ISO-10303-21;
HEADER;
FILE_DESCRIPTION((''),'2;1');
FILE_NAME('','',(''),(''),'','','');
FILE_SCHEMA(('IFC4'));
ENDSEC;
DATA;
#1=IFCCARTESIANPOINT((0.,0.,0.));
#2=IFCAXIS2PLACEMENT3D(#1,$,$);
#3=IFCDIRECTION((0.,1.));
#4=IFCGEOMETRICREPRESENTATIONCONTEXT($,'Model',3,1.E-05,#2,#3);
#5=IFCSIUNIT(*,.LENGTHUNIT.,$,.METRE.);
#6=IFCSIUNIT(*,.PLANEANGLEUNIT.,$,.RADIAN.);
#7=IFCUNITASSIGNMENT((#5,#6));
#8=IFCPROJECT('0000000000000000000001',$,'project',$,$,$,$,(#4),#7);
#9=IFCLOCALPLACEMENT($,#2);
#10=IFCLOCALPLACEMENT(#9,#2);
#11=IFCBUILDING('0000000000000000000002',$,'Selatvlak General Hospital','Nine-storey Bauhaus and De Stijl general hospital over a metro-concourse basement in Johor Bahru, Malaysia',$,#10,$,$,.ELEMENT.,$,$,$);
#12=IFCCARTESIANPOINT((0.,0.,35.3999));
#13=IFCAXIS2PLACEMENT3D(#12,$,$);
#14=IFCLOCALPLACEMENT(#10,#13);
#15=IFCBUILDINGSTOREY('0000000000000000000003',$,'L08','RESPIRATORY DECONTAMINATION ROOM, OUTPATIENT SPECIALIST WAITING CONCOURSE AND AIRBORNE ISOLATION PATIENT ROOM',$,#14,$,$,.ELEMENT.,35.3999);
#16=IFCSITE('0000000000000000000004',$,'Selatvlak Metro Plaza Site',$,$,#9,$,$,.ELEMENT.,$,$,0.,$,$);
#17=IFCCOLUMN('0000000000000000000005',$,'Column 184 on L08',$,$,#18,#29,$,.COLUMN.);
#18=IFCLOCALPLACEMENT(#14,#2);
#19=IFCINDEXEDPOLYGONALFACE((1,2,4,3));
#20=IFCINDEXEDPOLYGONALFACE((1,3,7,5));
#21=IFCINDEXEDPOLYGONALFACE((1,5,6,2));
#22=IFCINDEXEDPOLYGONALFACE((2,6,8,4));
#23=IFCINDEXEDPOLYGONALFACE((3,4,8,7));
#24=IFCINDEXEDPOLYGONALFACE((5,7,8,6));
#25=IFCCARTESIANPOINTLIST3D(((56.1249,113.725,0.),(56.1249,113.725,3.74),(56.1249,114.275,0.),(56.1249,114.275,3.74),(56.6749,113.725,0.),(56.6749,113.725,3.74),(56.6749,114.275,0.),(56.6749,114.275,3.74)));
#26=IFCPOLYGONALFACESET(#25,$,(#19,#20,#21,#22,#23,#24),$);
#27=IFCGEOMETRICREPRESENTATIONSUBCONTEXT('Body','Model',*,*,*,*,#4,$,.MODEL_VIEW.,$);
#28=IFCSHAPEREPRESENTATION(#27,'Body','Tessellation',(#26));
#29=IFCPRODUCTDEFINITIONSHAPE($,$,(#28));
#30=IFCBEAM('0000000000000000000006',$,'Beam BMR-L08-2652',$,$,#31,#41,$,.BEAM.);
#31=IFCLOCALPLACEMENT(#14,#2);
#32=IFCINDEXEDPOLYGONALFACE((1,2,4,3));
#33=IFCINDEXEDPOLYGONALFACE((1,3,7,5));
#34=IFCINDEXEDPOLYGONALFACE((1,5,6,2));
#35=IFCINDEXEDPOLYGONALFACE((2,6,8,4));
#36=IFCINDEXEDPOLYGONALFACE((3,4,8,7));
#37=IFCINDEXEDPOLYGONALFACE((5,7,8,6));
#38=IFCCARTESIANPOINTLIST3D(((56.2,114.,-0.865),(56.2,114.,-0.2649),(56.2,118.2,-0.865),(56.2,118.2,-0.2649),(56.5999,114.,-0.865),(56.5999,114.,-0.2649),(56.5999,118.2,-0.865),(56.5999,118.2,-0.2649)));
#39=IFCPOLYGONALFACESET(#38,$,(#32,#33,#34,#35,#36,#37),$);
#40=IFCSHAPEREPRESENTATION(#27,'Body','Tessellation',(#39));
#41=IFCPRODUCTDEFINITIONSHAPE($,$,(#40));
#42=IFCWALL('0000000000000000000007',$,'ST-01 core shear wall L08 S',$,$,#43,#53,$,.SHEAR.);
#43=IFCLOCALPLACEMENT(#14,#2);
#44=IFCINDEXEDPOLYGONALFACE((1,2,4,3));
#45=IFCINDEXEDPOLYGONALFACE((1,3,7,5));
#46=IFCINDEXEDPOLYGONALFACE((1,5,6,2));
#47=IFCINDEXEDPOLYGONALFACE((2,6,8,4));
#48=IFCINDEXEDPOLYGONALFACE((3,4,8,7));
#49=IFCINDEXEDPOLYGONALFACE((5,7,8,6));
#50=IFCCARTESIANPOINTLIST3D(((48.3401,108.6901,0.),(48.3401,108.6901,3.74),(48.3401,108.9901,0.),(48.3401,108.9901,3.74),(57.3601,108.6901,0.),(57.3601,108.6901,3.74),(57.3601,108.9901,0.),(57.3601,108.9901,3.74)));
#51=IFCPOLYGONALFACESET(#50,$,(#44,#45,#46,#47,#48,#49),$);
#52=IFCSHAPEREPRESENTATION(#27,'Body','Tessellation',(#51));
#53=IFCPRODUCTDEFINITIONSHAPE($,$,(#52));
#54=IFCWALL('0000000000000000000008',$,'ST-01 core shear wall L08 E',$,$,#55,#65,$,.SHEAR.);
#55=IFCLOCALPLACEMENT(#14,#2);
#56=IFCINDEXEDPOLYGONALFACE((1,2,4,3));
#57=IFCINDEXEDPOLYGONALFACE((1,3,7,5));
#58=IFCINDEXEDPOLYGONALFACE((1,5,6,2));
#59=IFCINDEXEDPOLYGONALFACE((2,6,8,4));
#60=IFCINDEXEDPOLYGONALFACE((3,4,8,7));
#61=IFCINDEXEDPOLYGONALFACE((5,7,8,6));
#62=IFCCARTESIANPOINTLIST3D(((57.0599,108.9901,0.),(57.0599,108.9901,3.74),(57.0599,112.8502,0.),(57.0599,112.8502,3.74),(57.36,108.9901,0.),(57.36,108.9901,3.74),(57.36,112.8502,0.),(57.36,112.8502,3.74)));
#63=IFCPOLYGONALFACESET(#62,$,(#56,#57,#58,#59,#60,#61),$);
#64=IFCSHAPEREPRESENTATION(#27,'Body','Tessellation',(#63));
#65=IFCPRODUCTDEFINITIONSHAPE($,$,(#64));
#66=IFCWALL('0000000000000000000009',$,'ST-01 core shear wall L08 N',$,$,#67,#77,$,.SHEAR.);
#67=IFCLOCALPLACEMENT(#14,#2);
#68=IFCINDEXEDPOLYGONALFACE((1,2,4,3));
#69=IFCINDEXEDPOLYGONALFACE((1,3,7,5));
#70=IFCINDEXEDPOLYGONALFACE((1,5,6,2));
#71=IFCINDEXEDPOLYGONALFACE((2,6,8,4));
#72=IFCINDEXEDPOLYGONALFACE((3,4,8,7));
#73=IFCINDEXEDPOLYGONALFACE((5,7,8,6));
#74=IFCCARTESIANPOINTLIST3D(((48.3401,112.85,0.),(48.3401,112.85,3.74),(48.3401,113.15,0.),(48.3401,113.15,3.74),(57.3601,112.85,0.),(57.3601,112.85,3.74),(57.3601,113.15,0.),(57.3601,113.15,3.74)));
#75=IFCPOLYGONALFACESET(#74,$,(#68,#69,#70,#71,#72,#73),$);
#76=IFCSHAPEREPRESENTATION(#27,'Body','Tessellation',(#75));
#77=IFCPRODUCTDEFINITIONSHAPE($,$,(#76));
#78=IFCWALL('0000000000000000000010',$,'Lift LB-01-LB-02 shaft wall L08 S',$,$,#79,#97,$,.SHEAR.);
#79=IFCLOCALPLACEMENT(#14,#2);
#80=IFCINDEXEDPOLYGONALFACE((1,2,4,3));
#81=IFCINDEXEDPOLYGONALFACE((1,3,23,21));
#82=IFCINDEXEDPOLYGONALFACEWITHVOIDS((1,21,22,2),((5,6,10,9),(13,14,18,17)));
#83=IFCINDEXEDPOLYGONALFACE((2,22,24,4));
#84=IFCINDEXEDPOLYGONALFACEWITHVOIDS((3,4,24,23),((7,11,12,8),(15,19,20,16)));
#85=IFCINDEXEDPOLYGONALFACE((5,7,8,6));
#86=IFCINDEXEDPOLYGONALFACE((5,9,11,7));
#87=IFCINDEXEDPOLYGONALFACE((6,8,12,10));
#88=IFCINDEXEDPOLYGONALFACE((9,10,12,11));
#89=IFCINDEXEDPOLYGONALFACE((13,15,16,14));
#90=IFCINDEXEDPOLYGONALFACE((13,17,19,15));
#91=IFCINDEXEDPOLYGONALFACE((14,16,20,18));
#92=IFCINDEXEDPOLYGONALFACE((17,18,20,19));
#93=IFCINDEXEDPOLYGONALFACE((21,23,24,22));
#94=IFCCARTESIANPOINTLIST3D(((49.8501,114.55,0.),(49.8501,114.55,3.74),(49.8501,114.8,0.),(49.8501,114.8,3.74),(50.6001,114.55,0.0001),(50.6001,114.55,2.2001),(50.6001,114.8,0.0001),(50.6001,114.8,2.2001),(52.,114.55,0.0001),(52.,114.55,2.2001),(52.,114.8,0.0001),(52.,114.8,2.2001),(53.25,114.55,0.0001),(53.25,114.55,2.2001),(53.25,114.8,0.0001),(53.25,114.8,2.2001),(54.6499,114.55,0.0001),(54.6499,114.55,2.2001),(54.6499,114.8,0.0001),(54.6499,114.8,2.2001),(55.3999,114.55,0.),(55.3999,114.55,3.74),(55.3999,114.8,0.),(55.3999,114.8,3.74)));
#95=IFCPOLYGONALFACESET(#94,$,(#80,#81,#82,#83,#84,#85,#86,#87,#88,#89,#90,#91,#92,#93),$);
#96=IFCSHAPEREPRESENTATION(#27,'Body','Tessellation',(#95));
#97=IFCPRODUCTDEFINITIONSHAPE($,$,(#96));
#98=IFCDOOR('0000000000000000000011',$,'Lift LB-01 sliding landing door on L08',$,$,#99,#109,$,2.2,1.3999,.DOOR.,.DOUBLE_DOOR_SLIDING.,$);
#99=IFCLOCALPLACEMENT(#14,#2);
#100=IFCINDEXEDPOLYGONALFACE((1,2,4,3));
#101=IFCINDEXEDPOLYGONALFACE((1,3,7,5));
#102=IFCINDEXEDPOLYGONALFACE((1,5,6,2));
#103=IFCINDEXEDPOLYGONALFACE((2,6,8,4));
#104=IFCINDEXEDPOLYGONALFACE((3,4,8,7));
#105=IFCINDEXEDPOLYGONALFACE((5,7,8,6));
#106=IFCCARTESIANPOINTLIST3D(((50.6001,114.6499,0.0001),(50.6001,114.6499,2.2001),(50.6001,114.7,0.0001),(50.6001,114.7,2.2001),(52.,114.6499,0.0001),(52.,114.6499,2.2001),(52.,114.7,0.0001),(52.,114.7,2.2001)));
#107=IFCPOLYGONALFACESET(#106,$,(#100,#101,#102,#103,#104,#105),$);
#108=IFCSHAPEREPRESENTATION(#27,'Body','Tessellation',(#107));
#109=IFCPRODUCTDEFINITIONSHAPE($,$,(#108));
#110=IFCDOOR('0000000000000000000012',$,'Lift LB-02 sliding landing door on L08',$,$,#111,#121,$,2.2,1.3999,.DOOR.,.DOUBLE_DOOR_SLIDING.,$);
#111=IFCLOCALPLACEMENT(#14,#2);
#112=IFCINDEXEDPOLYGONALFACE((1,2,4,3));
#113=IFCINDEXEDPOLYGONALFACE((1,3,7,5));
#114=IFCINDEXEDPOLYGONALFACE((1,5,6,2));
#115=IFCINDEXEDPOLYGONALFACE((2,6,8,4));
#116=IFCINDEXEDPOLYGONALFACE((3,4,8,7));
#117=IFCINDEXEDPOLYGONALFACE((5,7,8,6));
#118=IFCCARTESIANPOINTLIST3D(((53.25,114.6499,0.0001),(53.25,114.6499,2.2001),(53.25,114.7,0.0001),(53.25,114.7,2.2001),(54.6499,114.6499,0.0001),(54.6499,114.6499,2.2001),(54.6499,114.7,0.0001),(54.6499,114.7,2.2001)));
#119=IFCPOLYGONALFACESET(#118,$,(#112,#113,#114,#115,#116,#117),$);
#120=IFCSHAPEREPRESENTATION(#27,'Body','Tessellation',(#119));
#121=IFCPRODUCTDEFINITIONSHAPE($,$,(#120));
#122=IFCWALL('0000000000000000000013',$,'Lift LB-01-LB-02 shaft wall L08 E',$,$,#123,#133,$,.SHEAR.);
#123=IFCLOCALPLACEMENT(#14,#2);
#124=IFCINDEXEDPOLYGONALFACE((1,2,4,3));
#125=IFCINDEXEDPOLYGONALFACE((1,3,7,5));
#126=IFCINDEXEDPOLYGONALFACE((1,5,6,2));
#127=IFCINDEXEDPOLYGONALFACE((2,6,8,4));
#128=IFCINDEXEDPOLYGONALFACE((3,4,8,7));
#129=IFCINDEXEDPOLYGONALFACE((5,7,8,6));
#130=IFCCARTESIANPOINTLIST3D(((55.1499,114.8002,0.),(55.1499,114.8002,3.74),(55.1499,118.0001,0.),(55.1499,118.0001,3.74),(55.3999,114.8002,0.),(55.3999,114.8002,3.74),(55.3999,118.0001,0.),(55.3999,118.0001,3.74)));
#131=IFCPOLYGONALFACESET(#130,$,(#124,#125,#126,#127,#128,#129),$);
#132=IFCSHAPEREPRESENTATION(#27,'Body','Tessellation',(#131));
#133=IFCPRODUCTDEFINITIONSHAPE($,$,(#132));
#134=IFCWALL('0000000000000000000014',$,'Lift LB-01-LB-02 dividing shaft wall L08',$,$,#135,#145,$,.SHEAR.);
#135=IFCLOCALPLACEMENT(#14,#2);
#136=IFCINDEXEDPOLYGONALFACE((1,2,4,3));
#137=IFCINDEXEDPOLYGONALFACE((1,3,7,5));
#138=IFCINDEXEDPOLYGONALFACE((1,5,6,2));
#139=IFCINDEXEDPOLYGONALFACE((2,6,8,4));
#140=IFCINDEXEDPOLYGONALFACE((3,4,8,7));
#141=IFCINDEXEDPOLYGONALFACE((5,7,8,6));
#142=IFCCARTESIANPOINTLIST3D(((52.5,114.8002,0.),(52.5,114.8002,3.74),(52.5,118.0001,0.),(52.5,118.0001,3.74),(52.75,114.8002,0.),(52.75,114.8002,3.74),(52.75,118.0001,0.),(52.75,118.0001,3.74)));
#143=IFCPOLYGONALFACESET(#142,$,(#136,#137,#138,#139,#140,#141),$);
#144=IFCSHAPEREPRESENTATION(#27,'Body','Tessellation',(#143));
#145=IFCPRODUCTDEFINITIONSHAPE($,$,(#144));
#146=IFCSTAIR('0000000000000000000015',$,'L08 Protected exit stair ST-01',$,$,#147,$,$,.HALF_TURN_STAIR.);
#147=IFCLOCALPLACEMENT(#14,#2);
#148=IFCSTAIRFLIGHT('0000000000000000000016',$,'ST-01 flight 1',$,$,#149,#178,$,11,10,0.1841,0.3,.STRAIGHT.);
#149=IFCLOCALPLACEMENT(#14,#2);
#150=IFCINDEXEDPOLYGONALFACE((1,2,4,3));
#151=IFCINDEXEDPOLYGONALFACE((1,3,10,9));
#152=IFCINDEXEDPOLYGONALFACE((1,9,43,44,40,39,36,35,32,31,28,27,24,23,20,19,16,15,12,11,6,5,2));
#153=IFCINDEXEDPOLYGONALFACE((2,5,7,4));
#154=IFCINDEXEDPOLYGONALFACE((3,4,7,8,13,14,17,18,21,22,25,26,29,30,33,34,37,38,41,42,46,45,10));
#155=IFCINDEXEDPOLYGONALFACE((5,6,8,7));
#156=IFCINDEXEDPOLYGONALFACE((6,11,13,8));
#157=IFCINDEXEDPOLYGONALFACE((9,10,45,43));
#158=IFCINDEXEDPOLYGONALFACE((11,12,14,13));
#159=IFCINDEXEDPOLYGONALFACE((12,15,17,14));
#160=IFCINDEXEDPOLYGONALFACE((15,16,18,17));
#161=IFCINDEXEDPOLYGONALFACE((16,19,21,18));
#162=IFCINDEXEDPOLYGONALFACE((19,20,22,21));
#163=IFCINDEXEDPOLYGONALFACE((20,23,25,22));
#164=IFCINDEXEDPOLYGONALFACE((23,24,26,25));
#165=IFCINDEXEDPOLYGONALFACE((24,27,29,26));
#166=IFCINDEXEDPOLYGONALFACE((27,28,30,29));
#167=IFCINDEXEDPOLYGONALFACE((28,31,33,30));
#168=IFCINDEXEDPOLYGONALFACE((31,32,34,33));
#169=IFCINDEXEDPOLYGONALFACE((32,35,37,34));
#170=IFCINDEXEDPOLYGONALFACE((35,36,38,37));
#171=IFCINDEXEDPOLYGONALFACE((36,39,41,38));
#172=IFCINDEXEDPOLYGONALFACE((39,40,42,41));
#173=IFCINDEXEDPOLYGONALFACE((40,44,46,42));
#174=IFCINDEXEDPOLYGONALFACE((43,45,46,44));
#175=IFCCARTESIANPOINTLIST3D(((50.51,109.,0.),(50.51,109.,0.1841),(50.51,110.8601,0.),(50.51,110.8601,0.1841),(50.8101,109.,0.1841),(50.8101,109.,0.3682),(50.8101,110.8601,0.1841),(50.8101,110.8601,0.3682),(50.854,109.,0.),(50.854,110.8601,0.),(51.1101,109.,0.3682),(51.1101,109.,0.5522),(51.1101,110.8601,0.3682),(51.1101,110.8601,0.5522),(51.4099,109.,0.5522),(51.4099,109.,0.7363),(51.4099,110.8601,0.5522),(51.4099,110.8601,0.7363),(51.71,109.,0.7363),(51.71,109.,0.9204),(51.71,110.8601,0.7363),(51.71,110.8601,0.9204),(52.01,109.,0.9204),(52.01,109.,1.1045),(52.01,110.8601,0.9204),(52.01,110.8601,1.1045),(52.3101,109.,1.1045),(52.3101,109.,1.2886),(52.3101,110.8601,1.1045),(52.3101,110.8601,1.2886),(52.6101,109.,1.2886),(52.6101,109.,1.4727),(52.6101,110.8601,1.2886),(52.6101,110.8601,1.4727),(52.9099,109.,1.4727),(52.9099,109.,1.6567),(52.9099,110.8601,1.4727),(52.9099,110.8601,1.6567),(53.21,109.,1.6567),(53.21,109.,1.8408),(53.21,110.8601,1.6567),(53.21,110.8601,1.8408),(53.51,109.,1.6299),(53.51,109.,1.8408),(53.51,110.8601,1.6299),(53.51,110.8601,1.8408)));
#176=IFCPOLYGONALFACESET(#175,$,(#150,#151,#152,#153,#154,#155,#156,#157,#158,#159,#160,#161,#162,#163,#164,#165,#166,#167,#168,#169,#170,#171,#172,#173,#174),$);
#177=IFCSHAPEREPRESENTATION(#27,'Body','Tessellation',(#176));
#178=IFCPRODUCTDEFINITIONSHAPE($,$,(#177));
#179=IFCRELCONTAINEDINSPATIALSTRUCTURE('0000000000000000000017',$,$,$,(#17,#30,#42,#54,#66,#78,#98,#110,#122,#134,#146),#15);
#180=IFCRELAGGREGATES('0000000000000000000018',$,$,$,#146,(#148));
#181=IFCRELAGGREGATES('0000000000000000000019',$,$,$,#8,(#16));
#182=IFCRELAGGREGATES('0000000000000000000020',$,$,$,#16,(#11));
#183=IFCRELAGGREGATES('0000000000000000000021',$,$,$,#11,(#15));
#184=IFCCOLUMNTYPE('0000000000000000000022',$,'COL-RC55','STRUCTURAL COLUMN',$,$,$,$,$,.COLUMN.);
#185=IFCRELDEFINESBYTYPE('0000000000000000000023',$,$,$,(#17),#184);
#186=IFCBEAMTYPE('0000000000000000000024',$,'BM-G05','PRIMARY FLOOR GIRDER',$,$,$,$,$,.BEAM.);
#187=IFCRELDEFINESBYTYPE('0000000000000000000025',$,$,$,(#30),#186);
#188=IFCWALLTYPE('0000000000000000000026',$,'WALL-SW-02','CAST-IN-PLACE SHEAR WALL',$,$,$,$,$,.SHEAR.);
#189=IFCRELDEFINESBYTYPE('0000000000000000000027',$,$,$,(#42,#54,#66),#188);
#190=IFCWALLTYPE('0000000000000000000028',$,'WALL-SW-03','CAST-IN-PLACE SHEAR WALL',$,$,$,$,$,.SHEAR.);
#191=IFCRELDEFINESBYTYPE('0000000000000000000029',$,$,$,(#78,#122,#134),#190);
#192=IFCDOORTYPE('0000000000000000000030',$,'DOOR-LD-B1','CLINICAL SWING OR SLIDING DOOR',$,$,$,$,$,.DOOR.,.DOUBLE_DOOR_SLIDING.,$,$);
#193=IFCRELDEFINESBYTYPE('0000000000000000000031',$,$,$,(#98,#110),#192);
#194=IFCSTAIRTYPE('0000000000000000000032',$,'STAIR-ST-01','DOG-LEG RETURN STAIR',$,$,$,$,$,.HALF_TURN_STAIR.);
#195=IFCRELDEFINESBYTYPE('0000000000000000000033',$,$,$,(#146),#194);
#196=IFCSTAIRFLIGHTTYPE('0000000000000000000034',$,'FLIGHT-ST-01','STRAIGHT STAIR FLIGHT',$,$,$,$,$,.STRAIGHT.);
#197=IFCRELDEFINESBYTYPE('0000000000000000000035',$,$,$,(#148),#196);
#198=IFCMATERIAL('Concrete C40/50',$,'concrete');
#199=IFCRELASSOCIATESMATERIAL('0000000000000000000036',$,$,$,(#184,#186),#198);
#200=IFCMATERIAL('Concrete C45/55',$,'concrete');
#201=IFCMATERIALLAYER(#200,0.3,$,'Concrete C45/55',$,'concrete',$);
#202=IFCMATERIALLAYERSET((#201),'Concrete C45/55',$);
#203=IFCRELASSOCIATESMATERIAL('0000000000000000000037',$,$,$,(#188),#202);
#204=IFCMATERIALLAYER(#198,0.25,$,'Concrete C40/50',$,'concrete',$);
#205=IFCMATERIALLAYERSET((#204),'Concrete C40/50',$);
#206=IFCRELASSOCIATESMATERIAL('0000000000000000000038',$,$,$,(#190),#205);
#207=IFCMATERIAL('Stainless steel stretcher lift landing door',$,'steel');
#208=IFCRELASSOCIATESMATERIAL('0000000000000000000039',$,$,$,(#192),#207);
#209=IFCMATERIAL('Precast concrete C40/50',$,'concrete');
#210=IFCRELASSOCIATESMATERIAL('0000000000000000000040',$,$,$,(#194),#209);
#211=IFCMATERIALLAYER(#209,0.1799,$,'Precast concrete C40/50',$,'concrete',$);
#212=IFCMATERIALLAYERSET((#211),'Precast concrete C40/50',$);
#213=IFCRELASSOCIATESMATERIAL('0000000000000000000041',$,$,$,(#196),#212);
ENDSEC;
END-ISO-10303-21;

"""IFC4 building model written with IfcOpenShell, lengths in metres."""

from ifc_helpers import new_model, si_unit, direction, frame, frame_2d, origin, origin_2d, place, context, subcontext, project, spatial, polyline, rectangle, outline, extrude, material, layer, layer_set, material_profile, profile_set, type_object, element, fill, aggregate, save


model = new_model("IFC4")

# Units and contexts
model_context = context("Model", 3, precision=1e-05, world=origin(), true_north=direction((0.0, 1.0)))
body_context = subcontext(model_context, "Body", "Model", "MODEL_VIEW")
ifc_project = project(units=[si_unit("LENGTHUNIT", "METRE"), si_unit("PLANEANGLEUNIT", "RADIAN")], contexts=[model_context])

# Site, building, storey
site_placement = place(None, origin())
site = spatial("IfcSite", under=ifc_project, at=site_placement, Name="Selatvlak Metro Plaza Site", CompositionType="ELEMENT", RefElevation=0.0)
building_placement = place(site_placement, origin())
building = spatial("IfcBuilding", under=site, at=building_placement, Name="Selatvlak General Hospital", Description="Nine-storey Bauhaus and De Stijl general hospital over a metro-concourse basement in Johor Bahru, Malaysia", CompositionType="ELEMENT")
storey_placement = place(building_placement, frame((0.0, 0.0, 35.3999)))
storey = spatial("IfcBuildingStorey", under=building, at=storey_placement, Name="L08", Description="RESPIRATORY DECONTAMINATION ROOM, OUTPATIENT SPECIALIST WAITING CONCOURSE AND AIRBORNE ISOLATION PATIENT ROOM", CompositionType="ELEMENT", Elevation=35.3999)

# Column
ifc_material_1 = material(Name="Concrete C40/50", Category="concrete")
ifc_material_profile_1 = material_profile(ifc_material_1, rectangle(XDim=0.55, YDim=0.55, at=origin_2d()), Name="RC-COL 550x550")
ifc_profile_set_1 = profile_set([ifc_material_profile_1], Name="Concrete C40/50")
column_type = type_object("IfcColumnType", Name="COL-RC55", Description="STRUCTURAL COLUMN", PredefinedType="COLUMN", material=ifc_profile_set_1)
column_placement = place(storey_placement, frame((56.3999, 114.0, 0.0), z_axis=(0.0, 0.0, 1.0), x_axis=(1.0, 0.0, 0.0)))
element("IfcColumn", 1, at=column_placement, inside=storey, type_object=column_type, Name="Column 184 on L08", PredefinedType="COLUMN", context=body_context, shape_type="SweptSolid", body=[
    extrude(rectangle(XDim=0.55, YDim=0.55, at=origin_2d()), origin(), (0.0, 0.0, 1.0), 3.74),
])

# Beam
ifc_material_profile_2 = material_profile(ifc_material_1, rectangle(XDim=0.3999, YDim=0.6001, at=origin_2d()), Name="RC-BM 400x600")
ifc_profile_set_2 = profile_set([ifc_material_profile_2], Name="Concrete C40/50")
beam_type = type_object("IfcBeamType", Name="BM-G05", Description="PRIMARY FLOOR GIRDER", PredefinedType="BEAM", material=ifc_profile_set_2)
beam_placement = place(storey_placement, frame((56.3999, 114.0, -0.5649), z_axis=(0.0, 1.0, 0.0), x_axis=(-1.0, 0.0, 0.0)))
element("IfcBeam", 2, at=beam_placement, inside=storey, type_object=beam_type, Name="Beam BMR-L08-2652", PredefinedType="BEAM", context=body_context, shape_type="SweptSolid", body=[
    extrude(rectangle(XDim=0.3999, YDim=0.6001, at=origin_2d()), origin(), (0.0, 0.0, 1.0), 4.2),
])

# Walls
ifc_material_2 = material(Name="Concrete C45/55", Category="concrete")
ifc_layer_1 = layer(ifc_material_2, 0.3, Name="Concrete C45/55", Category="concrete")
ifc_layer_set_1 = layer_set([ifc_layer_1], Name="Concrete C45/55")
wall_type_1 = type_object("IfcWallType", Name="WALL-SW-02", Description="CAST-IN-PLACE SHEAR WALL", PredefinedType="SHEAR", material=ifc_layer_set_1)
wall_1_placement = place(storey_placement, frame((48.3401, 108.8401, 0.0), z_axis=(0.0, 0.0, 1.0), x_axis=(1.0, 0.0, 0.0)))
element("IfcWall", 3, at=wall_1_placement, inside=storey, type_object=wall_type_1, Name="ST-01 core shear wall L08 S", PredefinedType="SHEAR", context=body_context, shape_type="SweptSolid", body=[
    extrude(rectangle(XDim=9.02, YDim=0.3, at=frame_2d((4.51, 0.0))), origin(), (0.0, 0.0, 1.0), 3.74),
])
wall_2_placement = place(storey_placement, frame((57.21, 108.99, 0.0), z_axis=(0.0, 0.0, 1.0), x_axis=(0.0, 1.0, 0.0)))
element("IfcWall", 4, at=wall_2_placement, inside=storey, type_object=wall_type_1, Name="ST-01 core shear wall L08 E", PredefinedType="SHEAR", context=body_context, shape_type="SweptSolid", body=[
    extrude(rectangle(XDim=3.8601, YDim=0.3, at=frame_2d((1.9302, 0.0))), origin(), (0.0, 0.0, 1.0), 3.74),
])
wall_3_placement = place(storey_placement, frame((57.3601, 113.0, 0.0), z_axis=(0.0, 0.0, 1.0), x_axis=(-1.0, 0.0, 0.0)))
element("IfcWall", 5, at=wall_3_placement, inside=storey, type_object=wall_type_1, Name="ST-01 core shear wall L08 N", PredefinedType="SHEAR", context=body_context, shape_type="SweptSolid", body=[
    extrude(rectangle(XDim=9.02, YDim=0.3, at=frame_2d((4.51, 0.0))), origin(), (0.0, 0.0, 1.0), 3.74),
])

# Wall, openings, doors
ifc_layer_2 = layer(ifc_material_1, 0.25, Name="Concrete C40/50", Category="concrete")
ifc_layer_set_2 = layer_set([ifc_layer_2], Name="Concrete C40/50")
wall_type_2 = type_object("IfcWallType", Name="WALL-SW-03", Description="CAST-IN-PLACE SHEAR WALL", PredefinedType="SHEAR", material=ifc_layer_set_2)
wall_4_placement = place(storey_placement, frame((49.8501, 114.675, 0.0), z_axis=(0.0, 0.0, 1.0), x_axis=(1.0, 0.0, 0.0)))
wall_4 = element("IfcWall", 6, at=wall_4_placement, inside=storey, type_object=wall_type_2, Name="Lift LB-01-LB-02 shaft wall L08 S", PredefinedType="SHEAR", context=body_context, shape_type="SweptSolid", body=[
    extrude(rectangle(XDim=5.5498, YDim=0.25, at=frame_2d((2.7749, 0.0))), origin(), (0.0, 0.0, 1.0), 3.74),
])
opening_1_placement = place(wall_4_placement, frame((0.75, 0.0, 0.0)))
opening_1 = element("IfcOpeningElement", 7, at=opening_1_placement, cuts=wall_4, PredefinedType="OPENING", context=body_context, shape_type="SweptSolid", body=[
    extrude(rectangle(XDim=1.3999, YDim=2.2, at=frame_2d((0.7, 1.1001))), frame((0.0, 0.135, 0.0), z_axis=(0.0, -1.0, 0.0), x_axis=(1.0, 0.0, 0.0)), (0.0, 0.0, 1.0), 0.27),
])
opening_2_placement = place(wall_4_placement, frame((3.3999, 0.0, 0.0)))
opening_2 = element("IfcOpeningElement", 8, at=opening_2_placement, cuts=wall_4, PredefinedType="OPENING", context=body_context, shape_type="SweptSolid", body=[
    extrude(rectangle(XDim=1.3999, YDim=2.2, at=frame_2d((0.7, 1.1001))), frame((0.0, 0.135, 0.0), z_axis=(0.0, -1.0, 0.0), x_axis=(1.0, 0.0, 0.0)), (0.0, 0.0, 1.0), 0.27),
])
ifc_material_3 = material(Name="Stainless steel stretcher lift landing door", Category="steel")
door_type_1 = type_object("IfcDoorType", Name="DOOR-LD-B1", Description="CLINICAL SWING OR SLIDING DOOR", OperationType="DOUBLE_DOOR_SLIDING", PredefinedType="DOOR", material=ifc_material_3)
door_1_placement = place(opening_1_placement, origin())
door_1 = element("IfcDoor", 9, at=door_1_placement, inside=storey, type_object=door_type_1, Name="Lift LB-01 sliding landing door on L08", OperationType="DOUBLE_DOOR_SLIDING", OverallHeight=2.2, OverallWidth=1.3999, PredefinedType="DOOR", context=body_context, shape_type="SweptSolid", body=[
    extrude(rectangle(XDim=1.3999, YDim=2.2, at=frame_2d((0.7, 1.1001))), frame((0.0, 0.0249, 0.0), z_axis=(0.0, -1.0, 0.0), x_axis=(1.0, 0.0, 0.0)), (0.0, 0.0, 1.0), 0.05),
])
fill(opening_1, door_1)
door_2_placement = place(opening_2_placement, origin())
door_2 = element("IfcDoor", 10, at=door_2_placement, inside=storey, type_object=door_type_1, Name="Lift LB-02 sliding landing door on L08", OperationType="DOUBLE_DOOR_SLIDING", OverallHeight=2.2, OverallWidth=1.3999, PredefinedType="DOOR", context=body_context, shape_type="SweptSolid", body=[
    extrude(rectangle(XDim=1.3999, YDim=2.2, at=frame_2d((0.7, 1.1001))), frame((0.0, 0.0249, 0.0), z_axis=(0.0, -1.0, 0.0), x_axis=(1.0, 0.0, 0.0)), (0.0, 0.0, 1.0), 0.05),
])
fill(opening_2, door_2)

# Walls
for number, where, z_axis, x_axis, name in (
    (11, (55.2749, 114.8, 0.0), (0.0, 0.0, 1.0), (0.0, 1.0, 0.0), "Lift LB-01-LB-02 shaft wall L08 E"),
    (12, (52.625, 114.8, 0.0), (0.0, 0.0, 1.0), (0.0, 1.0, 0.0), "Lift LB-01-LB-02 dividing shaft wall L08"),
):
    element("IfcWall", number, at=place(storey_placement, frame(where, z_axis=z_axis, x_axis=x_axis)), inside=storey, type_object=wall_type_2, Name=name, PredefinedType="SHEAR", context=body_context, shape_type="SweptSolid", body=[
        extrude(rectangle(XDim=3.2, YDim=0.25, at=frame_2d((1.6001, 0.0))), origin(), (0.0, 0.0, 1.0), 3.74),
    ])

# Stair, stair flight
ifc_material_4 = material(Name="Precast concrete C40/50", Category="concrete")
stair_type = type_object("IfcStairType", Name="STAIR-ST-01", Description="DOG-LEG RETURN STAIR", PredefinedType="HALF_TURN_STAIR", material=ifc_material_4)
stair_placement = place(storey_placement, origin())
stair = element("IfcStair", 13, at=stair_placement, inside=storey, type_object=stair_type, Name="L08 Protected exit stair ST-01", PredefinedType="HALF_TURN_STAIR")
ifc_layer_3 = layer(ifc_material_4, 0.1799, Name="Precast concrete C40/50", Category="concrete")
ifc_layer_set_3 = layer_set([ifc_layer_3], Name="Precast concrete C40/50")
stair_flight_type = type_object("IfcStairFlightType", Name="FLIGHT-ST-01", Description="STRAIGHT STAIR FLIGHT", PredefinedType="STRAIGHT", material=ifc_layer_set_3)
stair_flight_1_placement = place(storey_placement, frame((50.51, 109.9299, 0.0), z_axis=(0.0, 0.0, 1.0), x_axis=(1.0, 0.0, 0.0)))
stair_flight_1 = element("IfcStairFlight", 14, at=stair_flight_1_placement, type_object=stair_flight_type, Name="ST-01 flight 1", NumberOfRisers=11, NumberOfTreads=10, PredefinedType="STRAIGHT", RiserHeight=0.1841, TreadLength=0.3, context=body_context, shape_type="SweptSolid", body=[
    extrude(outline(polyline([(0.0, 0.0), (0.0, 0.1841), (0.3, 0.1841), (0.3, 0.3682), (0.6001, 0.3682), (0.6001, 0.5522), (0.8999, 0.5522), (0.8999, 0.7363), (1.2, 0.7363), (1.2, 0.9204), (1.5, 0.9204), (1.5, 1.1045), (1.8, 1.1045), (1.8, 1.2886), (2.1001, 1.2886), (2.1001, 1.4727), (2.3999, 1.4727), (2.3999, 1.6567), (2.7, 1.6567), (2.7, 1.8408), (3.0, 1.8408), (3.0, 2.0249), (3.0, 1.6299), (0.344, 0.0), (0.0, 0.0)])), frame((0.0, 0.9302, 0.0), z_axis=(0.0, -1.0, 0.0), x_axis=(1.0, 0.0, 0.0)), (0.0, 0.0, 1.0), 1.8601),
])
aggregate(stair, [stair_flight_1])

save(model, "model.ifc")
